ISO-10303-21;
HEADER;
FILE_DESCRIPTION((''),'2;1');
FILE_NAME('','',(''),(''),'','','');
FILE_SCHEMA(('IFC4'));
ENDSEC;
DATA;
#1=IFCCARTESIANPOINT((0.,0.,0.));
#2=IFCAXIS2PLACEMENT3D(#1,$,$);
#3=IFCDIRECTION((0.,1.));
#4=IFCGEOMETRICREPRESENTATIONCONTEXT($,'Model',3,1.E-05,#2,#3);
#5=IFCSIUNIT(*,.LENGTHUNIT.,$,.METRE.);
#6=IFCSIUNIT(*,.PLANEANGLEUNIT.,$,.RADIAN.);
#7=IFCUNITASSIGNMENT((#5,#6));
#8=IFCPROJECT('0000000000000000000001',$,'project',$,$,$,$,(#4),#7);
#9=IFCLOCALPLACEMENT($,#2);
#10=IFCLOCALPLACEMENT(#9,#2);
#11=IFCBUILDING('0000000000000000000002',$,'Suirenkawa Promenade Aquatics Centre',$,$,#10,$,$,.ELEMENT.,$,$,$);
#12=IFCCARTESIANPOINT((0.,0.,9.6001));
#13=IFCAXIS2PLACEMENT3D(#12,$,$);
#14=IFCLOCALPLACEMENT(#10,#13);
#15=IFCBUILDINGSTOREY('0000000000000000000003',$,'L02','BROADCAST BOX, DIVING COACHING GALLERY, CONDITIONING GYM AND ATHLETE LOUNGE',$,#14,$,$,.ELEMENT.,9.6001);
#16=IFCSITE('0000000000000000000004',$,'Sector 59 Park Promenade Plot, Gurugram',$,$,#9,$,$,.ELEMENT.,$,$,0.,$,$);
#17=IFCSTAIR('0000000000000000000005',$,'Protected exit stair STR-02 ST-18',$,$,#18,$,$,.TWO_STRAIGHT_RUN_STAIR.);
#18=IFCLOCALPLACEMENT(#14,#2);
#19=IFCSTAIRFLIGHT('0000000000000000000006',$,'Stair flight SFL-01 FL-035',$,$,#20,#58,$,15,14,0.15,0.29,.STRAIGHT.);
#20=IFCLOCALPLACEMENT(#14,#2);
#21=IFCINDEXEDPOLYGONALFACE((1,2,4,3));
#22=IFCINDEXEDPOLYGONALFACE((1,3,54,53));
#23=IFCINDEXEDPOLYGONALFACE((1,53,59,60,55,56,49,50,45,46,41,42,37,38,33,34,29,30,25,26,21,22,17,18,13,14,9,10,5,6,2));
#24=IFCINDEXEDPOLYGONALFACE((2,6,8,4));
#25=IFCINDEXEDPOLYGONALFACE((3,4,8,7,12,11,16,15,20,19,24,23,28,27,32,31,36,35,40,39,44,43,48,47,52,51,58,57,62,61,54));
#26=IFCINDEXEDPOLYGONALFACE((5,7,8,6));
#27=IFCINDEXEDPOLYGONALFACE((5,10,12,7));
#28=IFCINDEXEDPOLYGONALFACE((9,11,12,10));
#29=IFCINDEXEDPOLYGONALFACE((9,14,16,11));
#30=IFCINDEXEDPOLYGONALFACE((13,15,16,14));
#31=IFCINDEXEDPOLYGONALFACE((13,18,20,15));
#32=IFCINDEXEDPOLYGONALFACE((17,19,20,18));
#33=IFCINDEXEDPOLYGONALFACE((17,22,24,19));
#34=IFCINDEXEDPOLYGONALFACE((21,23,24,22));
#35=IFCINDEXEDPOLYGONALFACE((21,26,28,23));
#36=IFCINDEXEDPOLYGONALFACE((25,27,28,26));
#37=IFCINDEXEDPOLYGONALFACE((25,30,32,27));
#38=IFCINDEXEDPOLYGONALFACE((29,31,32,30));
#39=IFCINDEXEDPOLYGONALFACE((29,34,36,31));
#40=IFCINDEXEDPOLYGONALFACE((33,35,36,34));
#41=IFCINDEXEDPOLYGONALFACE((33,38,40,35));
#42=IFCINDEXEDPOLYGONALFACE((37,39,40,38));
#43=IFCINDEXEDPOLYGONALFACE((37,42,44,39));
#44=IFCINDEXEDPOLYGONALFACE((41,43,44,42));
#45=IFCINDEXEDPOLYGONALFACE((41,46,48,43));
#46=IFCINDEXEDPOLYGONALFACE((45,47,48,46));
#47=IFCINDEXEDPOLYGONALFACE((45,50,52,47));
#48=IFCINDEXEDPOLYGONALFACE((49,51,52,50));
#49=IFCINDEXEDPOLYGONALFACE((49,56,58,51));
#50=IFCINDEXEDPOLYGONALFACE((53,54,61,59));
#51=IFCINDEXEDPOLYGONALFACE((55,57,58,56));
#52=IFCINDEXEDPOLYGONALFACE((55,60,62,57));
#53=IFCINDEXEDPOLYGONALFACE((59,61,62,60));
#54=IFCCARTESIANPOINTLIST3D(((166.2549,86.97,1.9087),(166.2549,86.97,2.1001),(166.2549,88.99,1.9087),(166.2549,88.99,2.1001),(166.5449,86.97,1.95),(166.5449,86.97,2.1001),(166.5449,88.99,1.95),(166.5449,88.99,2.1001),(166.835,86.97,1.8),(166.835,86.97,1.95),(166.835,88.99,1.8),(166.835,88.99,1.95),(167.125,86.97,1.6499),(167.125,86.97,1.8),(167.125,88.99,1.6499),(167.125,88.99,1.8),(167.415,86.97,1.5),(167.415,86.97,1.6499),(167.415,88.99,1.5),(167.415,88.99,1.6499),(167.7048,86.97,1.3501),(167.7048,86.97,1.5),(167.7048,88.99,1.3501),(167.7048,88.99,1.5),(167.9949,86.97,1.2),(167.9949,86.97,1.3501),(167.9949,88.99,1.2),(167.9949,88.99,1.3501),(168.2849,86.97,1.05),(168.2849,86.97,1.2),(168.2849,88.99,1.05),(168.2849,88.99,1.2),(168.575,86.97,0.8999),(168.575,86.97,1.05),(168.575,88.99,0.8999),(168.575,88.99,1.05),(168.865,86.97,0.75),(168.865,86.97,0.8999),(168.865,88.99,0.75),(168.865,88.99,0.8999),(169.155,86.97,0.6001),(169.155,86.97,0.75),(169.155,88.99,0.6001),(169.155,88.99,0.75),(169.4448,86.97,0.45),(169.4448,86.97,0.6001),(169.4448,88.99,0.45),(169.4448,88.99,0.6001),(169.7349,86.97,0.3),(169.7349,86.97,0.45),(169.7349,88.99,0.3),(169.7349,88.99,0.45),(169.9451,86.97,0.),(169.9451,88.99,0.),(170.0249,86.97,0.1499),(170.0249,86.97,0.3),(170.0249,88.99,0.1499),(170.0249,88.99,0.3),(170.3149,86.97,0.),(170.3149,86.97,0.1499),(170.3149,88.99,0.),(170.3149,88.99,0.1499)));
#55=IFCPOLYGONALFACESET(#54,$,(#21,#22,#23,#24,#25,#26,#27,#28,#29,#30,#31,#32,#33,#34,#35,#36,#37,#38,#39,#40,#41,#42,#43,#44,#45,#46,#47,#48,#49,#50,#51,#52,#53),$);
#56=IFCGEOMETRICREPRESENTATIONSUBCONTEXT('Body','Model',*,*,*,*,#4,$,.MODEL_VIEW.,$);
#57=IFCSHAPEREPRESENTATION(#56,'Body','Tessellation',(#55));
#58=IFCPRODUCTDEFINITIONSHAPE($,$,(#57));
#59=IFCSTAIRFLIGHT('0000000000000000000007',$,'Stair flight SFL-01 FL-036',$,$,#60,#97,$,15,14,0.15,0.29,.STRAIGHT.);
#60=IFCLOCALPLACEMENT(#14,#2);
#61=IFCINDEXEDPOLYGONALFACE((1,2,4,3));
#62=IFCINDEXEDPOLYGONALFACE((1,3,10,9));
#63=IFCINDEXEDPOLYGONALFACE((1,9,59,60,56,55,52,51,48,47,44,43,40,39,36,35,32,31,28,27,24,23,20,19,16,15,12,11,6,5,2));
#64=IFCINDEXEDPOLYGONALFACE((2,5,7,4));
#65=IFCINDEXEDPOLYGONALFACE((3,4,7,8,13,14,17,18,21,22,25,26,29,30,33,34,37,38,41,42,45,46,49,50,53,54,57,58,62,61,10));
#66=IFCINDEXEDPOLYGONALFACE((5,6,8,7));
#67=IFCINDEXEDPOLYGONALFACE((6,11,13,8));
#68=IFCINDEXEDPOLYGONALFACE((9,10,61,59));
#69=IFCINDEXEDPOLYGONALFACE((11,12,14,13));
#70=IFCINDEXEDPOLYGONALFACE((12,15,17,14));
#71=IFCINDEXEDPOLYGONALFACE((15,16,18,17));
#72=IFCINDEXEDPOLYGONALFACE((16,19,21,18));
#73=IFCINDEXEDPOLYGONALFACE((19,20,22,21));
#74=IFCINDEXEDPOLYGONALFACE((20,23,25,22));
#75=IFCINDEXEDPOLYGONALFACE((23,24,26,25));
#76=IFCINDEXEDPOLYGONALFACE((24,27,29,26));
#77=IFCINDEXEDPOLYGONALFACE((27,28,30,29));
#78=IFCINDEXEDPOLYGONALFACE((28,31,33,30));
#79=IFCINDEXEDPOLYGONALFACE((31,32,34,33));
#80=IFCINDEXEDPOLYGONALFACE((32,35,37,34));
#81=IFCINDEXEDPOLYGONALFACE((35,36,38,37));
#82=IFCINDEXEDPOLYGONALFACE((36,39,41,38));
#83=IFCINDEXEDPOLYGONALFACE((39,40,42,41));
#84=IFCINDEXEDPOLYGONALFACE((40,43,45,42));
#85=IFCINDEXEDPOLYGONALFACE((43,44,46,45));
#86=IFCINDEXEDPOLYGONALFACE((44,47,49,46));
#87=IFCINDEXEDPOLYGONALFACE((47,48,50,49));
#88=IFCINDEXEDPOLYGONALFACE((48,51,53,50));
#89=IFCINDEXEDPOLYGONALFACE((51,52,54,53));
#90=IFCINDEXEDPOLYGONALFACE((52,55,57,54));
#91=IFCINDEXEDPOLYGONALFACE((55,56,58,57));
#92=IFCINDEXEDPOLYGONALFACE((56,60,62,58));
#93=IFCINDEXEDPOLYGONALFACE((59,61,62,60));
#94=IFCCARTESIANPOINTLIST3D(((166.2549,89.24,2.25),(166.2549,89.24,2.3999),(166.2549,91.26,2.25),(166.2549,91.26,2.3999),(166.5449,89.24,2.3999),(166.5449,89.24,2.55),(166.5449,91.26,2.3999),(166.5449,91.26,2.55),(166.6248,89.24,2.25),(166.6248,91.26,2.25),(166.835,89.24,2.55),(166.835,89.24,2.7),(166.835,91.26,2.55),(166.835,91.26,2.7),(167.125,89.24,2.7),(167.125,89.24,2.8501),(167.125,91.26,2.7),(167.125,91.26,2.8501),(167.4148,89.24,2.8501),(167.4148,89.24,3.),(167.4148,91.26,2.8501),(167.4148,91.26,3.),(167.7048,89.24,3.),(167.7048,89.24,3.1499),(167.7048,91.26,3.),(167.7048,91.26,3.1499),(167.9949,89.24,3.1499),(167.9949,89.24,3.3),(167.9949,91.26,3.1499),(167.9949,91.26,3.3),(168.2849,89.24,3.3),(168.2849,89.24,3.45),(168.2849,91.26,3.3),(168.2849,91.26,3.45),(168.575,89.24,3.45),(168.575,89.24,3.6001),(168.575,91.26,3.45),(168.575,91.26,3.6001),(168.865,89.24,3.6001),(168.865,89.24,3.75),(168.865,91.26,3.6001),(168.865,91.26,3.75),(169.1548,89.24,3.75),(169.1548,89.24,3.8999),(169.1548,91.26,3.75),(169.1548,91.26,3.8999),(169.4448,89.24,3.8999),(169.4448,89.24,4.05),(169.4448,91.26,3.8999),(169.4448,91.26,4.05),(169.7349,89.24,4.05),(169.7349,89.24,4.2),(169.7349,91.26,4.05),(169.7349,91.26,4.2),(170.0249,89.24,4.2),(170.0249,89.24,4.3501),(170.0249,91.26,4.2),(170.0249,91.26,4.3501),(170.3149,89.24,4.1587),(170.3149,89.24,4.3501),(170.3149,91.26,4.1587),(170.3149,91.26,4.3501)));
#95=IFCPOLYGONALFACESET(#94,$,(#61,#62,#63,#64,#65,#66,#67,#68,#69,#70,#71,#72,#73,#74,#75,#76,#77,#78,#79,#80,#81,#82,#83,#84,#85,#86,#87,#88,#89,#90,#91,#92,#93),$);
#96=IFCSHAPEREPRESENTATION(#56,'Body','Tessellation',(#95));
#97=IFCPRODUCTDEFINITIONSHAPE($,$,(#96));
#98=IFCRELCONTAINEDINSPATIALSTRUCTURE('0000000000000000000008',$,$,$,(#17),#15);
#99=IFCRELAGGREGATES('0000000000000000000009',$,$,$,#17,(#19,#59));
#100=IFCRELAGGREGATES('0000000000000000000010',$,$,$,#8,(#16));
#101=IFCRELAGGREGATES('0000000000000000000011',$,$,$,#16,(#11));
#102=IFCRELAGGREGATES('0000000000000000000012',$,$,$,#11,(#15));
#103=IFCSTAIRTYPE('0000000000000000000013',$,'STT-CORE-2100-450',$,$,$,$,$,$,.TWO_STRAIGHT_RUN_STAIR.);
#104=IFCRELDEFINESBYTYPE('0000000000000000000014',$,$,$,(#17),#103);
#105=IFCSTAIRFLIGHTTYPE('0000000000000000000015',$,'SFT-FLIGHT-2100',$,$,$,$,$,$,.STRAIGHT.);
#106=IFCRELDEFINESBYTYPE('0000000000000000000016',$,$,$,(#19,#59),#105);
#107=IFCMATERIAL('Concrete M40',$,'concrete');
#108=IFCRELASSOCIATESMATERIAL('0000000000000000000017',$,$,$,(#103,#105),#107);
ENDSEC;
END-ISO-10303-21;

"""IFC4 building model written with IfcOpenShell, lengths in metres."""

from ifc_helpers import new_model, si_unit, direction, frame, origin, place, context, subcontext, project, spatial, polyline, outline, extrude, material, type_object, element, aggregate, save


model = new_model("IFC4")

# Units and contexts
model_context = context("Model", 3, precision=1e-05, world=origin(), true_north=direction((0.0, 1.0)))
body_context = subcontext(model_context, "Body", "Model", "MODEL_VIEW")
ifc_project = project(units=[si_unit("LENGTHUNIT", "METRE"), si_unit("PLANEANGLEUNIT", "RADIAN")], contexts=[model_context])

# Site, building, storey
site_placement = place(None, origin())
site = spatial("IfcSite", under=ifc_project, at=site_placement, Name="Sector 59 Park Promenade Plot, Gurugram", CompositionType="ELEMENT", RefElevation=0.0)
building_placement = place(site_placement, origin())
building = spatial("IfcBuilding", under=site, at=building_placement, Name="Suirenkawa Promenade Aquatics Centre", CompositionType="ELEMENT")
storey_placement = place(building_placement, frame((0.0, 0.0, 9.6001)))
storey = spatial("IfcBuildingStorey", under=building, at=storey_placement, Name="L02", Description="BROADCAST BOX, DIVING COACHING GALLERY, CONDITIONING GYM AND ATHLETE LOUNGE", CompositionType="ELEMENT", Elevation=9.6001)

# Shared definitions
ifc_material_1 = material(Name="Concrete M40", Category="concrete")

# Stair, stair flights
stair_type = type_object("IfcStairType", Name="STT-CORE-2100-450", PredefinedType="TWO_STRAIGHT_RUN_STAIR", material=ifc_material_1)
stair_placement = place(storey_placement, origin())
stair = element("IfcStair", 1, at=stair_placement, inside=storey, type_object=stair_type, Name="Protected exit stair STR-02 ST-18", PredefinedType="TWO_STRAIGHT_RUN_STAIR")
stair_flight_type = type_object("IfcStairFlightType", Name="SFT-FLIGHT-2100", PredefinedType="STRAIGHT", material=ifc_material_1)
stair_flight_1_placement = place(storey_placement, frame((170.3149, 87.98, 0.0), z_axis=(0.0, 0.0, 1.0), x_axis=(-1.0, 0.0, 0.0)))
stair_flight_1 = element("IfcStairFlight", 2, at=stair_flight_1_placement, type_object=stair_flight_type, Name="Stair flight SFL-01 FL-035", NumberOfRisers=15, NumberOfTreads=14, PredefinedType="STRAIGHT", RiserHeight=0.15, TreadLength=0.29, context=body_context, shape_type="SweptSolid", body=[
    extrude(outline(polyline([(0.0, 0.0), (0.0, 0.1499), (0.29, 0.1499), (0.29, 0.3), (0.5801, 0.3), (0.5801, 0.45), (0.8701, 0.45), (0.8701, 0.6001), (1.1599, 0.6001), (1.1599, 0.75), (1.45, 0.75), (1.45, 0.8999), (1.74, 0.8999), (1.74, 1.05), (2.03, 1.05), (2.03, 1.2), (2.3201, 1.2), (2.3201, 1.3501), (2.6101, 1.3501), (2.6101, 1.5), (2.8999, 1.5), (2.8999, 1.6499), (3.1899, 1.6499), (3.1899, 1.8), (3.48, 1.8), (3.48, 1.95), (3.77, 1.95), (3.77, 2.1001), (4.0601, 2.1001), (4.0601, 2.25), (4.0601, 1.9087), (0.3699, 0.0), (0.0, 0.0)])), frame((0.0, 1.01, 0.0), z_axis=(0.0, -1.0, 0.0), x_axis=(1.0, 0.0, 0.0)), (0.0, 0.0, 1.0), 2.02),
])
stair_flight_2_placement = place(storey_placement, frame((166.2549, 90.25, 2.25), z_axis=(0.0, 0.0, 1.0), x_axis=(1.0, 0.0, 0.0)))
stair_flight_2 = element("IfcStairFlight", 3, at=stair_flight_2_placement, type_object=stair_flight_type, Name="Stair flight SFL-01 FL-036", NumberOfRisers=15, NumberOfTreads=14, PredefinedType="STRAIGHT", RiserHeight=0.15, TreadLength=0.29, context=body_context, shape_type="SweptSolid", body=[
    extrude(outline(polyline([(0.0, 0.0), (0.0, 0.1499), (0.29, 0.1499), (0.29, 0.3), (0.5801, 0.3), (0.5801, 0.45), (0.8701, 0.45), (0.8701, 0.6001), (1.1599, 0.6001), (1.1599, 0.75), (1.45, 0.75), (1.45, 0.8999), (1.74, 0.8999), (1.74, 1.05), (2.03, 1.05), (2.03, 1.2), (2.3201, 1.2), (2.3201, 1.3501), (2.6101, 1.3501), (2.6101, 1.5), (2.8999, 1.5), (2.8999, 1.6499), (3.1899, 1.6499), (3.1899, 1.8), (3.48, 1.8), (3.48, 1.95), (3.77, 1.95), (3.77, 2.1001), (4.0601, 2.1001), (4.0601, 2.25), (4.0601, 1.9087), (0.3699, 0.0), (0.0, 0.0)])), frame((0.0, 1.01, 0.0), z_axis=(0.0, -1.0, 0.0), x_axis=(1.0, 0.0, 0.0)), (0.0, 0.0, 1.0), 2.02),
])
aggregate(stair, [stair_flight_1, stair_flight_2])

save(model, "model.ifc")
